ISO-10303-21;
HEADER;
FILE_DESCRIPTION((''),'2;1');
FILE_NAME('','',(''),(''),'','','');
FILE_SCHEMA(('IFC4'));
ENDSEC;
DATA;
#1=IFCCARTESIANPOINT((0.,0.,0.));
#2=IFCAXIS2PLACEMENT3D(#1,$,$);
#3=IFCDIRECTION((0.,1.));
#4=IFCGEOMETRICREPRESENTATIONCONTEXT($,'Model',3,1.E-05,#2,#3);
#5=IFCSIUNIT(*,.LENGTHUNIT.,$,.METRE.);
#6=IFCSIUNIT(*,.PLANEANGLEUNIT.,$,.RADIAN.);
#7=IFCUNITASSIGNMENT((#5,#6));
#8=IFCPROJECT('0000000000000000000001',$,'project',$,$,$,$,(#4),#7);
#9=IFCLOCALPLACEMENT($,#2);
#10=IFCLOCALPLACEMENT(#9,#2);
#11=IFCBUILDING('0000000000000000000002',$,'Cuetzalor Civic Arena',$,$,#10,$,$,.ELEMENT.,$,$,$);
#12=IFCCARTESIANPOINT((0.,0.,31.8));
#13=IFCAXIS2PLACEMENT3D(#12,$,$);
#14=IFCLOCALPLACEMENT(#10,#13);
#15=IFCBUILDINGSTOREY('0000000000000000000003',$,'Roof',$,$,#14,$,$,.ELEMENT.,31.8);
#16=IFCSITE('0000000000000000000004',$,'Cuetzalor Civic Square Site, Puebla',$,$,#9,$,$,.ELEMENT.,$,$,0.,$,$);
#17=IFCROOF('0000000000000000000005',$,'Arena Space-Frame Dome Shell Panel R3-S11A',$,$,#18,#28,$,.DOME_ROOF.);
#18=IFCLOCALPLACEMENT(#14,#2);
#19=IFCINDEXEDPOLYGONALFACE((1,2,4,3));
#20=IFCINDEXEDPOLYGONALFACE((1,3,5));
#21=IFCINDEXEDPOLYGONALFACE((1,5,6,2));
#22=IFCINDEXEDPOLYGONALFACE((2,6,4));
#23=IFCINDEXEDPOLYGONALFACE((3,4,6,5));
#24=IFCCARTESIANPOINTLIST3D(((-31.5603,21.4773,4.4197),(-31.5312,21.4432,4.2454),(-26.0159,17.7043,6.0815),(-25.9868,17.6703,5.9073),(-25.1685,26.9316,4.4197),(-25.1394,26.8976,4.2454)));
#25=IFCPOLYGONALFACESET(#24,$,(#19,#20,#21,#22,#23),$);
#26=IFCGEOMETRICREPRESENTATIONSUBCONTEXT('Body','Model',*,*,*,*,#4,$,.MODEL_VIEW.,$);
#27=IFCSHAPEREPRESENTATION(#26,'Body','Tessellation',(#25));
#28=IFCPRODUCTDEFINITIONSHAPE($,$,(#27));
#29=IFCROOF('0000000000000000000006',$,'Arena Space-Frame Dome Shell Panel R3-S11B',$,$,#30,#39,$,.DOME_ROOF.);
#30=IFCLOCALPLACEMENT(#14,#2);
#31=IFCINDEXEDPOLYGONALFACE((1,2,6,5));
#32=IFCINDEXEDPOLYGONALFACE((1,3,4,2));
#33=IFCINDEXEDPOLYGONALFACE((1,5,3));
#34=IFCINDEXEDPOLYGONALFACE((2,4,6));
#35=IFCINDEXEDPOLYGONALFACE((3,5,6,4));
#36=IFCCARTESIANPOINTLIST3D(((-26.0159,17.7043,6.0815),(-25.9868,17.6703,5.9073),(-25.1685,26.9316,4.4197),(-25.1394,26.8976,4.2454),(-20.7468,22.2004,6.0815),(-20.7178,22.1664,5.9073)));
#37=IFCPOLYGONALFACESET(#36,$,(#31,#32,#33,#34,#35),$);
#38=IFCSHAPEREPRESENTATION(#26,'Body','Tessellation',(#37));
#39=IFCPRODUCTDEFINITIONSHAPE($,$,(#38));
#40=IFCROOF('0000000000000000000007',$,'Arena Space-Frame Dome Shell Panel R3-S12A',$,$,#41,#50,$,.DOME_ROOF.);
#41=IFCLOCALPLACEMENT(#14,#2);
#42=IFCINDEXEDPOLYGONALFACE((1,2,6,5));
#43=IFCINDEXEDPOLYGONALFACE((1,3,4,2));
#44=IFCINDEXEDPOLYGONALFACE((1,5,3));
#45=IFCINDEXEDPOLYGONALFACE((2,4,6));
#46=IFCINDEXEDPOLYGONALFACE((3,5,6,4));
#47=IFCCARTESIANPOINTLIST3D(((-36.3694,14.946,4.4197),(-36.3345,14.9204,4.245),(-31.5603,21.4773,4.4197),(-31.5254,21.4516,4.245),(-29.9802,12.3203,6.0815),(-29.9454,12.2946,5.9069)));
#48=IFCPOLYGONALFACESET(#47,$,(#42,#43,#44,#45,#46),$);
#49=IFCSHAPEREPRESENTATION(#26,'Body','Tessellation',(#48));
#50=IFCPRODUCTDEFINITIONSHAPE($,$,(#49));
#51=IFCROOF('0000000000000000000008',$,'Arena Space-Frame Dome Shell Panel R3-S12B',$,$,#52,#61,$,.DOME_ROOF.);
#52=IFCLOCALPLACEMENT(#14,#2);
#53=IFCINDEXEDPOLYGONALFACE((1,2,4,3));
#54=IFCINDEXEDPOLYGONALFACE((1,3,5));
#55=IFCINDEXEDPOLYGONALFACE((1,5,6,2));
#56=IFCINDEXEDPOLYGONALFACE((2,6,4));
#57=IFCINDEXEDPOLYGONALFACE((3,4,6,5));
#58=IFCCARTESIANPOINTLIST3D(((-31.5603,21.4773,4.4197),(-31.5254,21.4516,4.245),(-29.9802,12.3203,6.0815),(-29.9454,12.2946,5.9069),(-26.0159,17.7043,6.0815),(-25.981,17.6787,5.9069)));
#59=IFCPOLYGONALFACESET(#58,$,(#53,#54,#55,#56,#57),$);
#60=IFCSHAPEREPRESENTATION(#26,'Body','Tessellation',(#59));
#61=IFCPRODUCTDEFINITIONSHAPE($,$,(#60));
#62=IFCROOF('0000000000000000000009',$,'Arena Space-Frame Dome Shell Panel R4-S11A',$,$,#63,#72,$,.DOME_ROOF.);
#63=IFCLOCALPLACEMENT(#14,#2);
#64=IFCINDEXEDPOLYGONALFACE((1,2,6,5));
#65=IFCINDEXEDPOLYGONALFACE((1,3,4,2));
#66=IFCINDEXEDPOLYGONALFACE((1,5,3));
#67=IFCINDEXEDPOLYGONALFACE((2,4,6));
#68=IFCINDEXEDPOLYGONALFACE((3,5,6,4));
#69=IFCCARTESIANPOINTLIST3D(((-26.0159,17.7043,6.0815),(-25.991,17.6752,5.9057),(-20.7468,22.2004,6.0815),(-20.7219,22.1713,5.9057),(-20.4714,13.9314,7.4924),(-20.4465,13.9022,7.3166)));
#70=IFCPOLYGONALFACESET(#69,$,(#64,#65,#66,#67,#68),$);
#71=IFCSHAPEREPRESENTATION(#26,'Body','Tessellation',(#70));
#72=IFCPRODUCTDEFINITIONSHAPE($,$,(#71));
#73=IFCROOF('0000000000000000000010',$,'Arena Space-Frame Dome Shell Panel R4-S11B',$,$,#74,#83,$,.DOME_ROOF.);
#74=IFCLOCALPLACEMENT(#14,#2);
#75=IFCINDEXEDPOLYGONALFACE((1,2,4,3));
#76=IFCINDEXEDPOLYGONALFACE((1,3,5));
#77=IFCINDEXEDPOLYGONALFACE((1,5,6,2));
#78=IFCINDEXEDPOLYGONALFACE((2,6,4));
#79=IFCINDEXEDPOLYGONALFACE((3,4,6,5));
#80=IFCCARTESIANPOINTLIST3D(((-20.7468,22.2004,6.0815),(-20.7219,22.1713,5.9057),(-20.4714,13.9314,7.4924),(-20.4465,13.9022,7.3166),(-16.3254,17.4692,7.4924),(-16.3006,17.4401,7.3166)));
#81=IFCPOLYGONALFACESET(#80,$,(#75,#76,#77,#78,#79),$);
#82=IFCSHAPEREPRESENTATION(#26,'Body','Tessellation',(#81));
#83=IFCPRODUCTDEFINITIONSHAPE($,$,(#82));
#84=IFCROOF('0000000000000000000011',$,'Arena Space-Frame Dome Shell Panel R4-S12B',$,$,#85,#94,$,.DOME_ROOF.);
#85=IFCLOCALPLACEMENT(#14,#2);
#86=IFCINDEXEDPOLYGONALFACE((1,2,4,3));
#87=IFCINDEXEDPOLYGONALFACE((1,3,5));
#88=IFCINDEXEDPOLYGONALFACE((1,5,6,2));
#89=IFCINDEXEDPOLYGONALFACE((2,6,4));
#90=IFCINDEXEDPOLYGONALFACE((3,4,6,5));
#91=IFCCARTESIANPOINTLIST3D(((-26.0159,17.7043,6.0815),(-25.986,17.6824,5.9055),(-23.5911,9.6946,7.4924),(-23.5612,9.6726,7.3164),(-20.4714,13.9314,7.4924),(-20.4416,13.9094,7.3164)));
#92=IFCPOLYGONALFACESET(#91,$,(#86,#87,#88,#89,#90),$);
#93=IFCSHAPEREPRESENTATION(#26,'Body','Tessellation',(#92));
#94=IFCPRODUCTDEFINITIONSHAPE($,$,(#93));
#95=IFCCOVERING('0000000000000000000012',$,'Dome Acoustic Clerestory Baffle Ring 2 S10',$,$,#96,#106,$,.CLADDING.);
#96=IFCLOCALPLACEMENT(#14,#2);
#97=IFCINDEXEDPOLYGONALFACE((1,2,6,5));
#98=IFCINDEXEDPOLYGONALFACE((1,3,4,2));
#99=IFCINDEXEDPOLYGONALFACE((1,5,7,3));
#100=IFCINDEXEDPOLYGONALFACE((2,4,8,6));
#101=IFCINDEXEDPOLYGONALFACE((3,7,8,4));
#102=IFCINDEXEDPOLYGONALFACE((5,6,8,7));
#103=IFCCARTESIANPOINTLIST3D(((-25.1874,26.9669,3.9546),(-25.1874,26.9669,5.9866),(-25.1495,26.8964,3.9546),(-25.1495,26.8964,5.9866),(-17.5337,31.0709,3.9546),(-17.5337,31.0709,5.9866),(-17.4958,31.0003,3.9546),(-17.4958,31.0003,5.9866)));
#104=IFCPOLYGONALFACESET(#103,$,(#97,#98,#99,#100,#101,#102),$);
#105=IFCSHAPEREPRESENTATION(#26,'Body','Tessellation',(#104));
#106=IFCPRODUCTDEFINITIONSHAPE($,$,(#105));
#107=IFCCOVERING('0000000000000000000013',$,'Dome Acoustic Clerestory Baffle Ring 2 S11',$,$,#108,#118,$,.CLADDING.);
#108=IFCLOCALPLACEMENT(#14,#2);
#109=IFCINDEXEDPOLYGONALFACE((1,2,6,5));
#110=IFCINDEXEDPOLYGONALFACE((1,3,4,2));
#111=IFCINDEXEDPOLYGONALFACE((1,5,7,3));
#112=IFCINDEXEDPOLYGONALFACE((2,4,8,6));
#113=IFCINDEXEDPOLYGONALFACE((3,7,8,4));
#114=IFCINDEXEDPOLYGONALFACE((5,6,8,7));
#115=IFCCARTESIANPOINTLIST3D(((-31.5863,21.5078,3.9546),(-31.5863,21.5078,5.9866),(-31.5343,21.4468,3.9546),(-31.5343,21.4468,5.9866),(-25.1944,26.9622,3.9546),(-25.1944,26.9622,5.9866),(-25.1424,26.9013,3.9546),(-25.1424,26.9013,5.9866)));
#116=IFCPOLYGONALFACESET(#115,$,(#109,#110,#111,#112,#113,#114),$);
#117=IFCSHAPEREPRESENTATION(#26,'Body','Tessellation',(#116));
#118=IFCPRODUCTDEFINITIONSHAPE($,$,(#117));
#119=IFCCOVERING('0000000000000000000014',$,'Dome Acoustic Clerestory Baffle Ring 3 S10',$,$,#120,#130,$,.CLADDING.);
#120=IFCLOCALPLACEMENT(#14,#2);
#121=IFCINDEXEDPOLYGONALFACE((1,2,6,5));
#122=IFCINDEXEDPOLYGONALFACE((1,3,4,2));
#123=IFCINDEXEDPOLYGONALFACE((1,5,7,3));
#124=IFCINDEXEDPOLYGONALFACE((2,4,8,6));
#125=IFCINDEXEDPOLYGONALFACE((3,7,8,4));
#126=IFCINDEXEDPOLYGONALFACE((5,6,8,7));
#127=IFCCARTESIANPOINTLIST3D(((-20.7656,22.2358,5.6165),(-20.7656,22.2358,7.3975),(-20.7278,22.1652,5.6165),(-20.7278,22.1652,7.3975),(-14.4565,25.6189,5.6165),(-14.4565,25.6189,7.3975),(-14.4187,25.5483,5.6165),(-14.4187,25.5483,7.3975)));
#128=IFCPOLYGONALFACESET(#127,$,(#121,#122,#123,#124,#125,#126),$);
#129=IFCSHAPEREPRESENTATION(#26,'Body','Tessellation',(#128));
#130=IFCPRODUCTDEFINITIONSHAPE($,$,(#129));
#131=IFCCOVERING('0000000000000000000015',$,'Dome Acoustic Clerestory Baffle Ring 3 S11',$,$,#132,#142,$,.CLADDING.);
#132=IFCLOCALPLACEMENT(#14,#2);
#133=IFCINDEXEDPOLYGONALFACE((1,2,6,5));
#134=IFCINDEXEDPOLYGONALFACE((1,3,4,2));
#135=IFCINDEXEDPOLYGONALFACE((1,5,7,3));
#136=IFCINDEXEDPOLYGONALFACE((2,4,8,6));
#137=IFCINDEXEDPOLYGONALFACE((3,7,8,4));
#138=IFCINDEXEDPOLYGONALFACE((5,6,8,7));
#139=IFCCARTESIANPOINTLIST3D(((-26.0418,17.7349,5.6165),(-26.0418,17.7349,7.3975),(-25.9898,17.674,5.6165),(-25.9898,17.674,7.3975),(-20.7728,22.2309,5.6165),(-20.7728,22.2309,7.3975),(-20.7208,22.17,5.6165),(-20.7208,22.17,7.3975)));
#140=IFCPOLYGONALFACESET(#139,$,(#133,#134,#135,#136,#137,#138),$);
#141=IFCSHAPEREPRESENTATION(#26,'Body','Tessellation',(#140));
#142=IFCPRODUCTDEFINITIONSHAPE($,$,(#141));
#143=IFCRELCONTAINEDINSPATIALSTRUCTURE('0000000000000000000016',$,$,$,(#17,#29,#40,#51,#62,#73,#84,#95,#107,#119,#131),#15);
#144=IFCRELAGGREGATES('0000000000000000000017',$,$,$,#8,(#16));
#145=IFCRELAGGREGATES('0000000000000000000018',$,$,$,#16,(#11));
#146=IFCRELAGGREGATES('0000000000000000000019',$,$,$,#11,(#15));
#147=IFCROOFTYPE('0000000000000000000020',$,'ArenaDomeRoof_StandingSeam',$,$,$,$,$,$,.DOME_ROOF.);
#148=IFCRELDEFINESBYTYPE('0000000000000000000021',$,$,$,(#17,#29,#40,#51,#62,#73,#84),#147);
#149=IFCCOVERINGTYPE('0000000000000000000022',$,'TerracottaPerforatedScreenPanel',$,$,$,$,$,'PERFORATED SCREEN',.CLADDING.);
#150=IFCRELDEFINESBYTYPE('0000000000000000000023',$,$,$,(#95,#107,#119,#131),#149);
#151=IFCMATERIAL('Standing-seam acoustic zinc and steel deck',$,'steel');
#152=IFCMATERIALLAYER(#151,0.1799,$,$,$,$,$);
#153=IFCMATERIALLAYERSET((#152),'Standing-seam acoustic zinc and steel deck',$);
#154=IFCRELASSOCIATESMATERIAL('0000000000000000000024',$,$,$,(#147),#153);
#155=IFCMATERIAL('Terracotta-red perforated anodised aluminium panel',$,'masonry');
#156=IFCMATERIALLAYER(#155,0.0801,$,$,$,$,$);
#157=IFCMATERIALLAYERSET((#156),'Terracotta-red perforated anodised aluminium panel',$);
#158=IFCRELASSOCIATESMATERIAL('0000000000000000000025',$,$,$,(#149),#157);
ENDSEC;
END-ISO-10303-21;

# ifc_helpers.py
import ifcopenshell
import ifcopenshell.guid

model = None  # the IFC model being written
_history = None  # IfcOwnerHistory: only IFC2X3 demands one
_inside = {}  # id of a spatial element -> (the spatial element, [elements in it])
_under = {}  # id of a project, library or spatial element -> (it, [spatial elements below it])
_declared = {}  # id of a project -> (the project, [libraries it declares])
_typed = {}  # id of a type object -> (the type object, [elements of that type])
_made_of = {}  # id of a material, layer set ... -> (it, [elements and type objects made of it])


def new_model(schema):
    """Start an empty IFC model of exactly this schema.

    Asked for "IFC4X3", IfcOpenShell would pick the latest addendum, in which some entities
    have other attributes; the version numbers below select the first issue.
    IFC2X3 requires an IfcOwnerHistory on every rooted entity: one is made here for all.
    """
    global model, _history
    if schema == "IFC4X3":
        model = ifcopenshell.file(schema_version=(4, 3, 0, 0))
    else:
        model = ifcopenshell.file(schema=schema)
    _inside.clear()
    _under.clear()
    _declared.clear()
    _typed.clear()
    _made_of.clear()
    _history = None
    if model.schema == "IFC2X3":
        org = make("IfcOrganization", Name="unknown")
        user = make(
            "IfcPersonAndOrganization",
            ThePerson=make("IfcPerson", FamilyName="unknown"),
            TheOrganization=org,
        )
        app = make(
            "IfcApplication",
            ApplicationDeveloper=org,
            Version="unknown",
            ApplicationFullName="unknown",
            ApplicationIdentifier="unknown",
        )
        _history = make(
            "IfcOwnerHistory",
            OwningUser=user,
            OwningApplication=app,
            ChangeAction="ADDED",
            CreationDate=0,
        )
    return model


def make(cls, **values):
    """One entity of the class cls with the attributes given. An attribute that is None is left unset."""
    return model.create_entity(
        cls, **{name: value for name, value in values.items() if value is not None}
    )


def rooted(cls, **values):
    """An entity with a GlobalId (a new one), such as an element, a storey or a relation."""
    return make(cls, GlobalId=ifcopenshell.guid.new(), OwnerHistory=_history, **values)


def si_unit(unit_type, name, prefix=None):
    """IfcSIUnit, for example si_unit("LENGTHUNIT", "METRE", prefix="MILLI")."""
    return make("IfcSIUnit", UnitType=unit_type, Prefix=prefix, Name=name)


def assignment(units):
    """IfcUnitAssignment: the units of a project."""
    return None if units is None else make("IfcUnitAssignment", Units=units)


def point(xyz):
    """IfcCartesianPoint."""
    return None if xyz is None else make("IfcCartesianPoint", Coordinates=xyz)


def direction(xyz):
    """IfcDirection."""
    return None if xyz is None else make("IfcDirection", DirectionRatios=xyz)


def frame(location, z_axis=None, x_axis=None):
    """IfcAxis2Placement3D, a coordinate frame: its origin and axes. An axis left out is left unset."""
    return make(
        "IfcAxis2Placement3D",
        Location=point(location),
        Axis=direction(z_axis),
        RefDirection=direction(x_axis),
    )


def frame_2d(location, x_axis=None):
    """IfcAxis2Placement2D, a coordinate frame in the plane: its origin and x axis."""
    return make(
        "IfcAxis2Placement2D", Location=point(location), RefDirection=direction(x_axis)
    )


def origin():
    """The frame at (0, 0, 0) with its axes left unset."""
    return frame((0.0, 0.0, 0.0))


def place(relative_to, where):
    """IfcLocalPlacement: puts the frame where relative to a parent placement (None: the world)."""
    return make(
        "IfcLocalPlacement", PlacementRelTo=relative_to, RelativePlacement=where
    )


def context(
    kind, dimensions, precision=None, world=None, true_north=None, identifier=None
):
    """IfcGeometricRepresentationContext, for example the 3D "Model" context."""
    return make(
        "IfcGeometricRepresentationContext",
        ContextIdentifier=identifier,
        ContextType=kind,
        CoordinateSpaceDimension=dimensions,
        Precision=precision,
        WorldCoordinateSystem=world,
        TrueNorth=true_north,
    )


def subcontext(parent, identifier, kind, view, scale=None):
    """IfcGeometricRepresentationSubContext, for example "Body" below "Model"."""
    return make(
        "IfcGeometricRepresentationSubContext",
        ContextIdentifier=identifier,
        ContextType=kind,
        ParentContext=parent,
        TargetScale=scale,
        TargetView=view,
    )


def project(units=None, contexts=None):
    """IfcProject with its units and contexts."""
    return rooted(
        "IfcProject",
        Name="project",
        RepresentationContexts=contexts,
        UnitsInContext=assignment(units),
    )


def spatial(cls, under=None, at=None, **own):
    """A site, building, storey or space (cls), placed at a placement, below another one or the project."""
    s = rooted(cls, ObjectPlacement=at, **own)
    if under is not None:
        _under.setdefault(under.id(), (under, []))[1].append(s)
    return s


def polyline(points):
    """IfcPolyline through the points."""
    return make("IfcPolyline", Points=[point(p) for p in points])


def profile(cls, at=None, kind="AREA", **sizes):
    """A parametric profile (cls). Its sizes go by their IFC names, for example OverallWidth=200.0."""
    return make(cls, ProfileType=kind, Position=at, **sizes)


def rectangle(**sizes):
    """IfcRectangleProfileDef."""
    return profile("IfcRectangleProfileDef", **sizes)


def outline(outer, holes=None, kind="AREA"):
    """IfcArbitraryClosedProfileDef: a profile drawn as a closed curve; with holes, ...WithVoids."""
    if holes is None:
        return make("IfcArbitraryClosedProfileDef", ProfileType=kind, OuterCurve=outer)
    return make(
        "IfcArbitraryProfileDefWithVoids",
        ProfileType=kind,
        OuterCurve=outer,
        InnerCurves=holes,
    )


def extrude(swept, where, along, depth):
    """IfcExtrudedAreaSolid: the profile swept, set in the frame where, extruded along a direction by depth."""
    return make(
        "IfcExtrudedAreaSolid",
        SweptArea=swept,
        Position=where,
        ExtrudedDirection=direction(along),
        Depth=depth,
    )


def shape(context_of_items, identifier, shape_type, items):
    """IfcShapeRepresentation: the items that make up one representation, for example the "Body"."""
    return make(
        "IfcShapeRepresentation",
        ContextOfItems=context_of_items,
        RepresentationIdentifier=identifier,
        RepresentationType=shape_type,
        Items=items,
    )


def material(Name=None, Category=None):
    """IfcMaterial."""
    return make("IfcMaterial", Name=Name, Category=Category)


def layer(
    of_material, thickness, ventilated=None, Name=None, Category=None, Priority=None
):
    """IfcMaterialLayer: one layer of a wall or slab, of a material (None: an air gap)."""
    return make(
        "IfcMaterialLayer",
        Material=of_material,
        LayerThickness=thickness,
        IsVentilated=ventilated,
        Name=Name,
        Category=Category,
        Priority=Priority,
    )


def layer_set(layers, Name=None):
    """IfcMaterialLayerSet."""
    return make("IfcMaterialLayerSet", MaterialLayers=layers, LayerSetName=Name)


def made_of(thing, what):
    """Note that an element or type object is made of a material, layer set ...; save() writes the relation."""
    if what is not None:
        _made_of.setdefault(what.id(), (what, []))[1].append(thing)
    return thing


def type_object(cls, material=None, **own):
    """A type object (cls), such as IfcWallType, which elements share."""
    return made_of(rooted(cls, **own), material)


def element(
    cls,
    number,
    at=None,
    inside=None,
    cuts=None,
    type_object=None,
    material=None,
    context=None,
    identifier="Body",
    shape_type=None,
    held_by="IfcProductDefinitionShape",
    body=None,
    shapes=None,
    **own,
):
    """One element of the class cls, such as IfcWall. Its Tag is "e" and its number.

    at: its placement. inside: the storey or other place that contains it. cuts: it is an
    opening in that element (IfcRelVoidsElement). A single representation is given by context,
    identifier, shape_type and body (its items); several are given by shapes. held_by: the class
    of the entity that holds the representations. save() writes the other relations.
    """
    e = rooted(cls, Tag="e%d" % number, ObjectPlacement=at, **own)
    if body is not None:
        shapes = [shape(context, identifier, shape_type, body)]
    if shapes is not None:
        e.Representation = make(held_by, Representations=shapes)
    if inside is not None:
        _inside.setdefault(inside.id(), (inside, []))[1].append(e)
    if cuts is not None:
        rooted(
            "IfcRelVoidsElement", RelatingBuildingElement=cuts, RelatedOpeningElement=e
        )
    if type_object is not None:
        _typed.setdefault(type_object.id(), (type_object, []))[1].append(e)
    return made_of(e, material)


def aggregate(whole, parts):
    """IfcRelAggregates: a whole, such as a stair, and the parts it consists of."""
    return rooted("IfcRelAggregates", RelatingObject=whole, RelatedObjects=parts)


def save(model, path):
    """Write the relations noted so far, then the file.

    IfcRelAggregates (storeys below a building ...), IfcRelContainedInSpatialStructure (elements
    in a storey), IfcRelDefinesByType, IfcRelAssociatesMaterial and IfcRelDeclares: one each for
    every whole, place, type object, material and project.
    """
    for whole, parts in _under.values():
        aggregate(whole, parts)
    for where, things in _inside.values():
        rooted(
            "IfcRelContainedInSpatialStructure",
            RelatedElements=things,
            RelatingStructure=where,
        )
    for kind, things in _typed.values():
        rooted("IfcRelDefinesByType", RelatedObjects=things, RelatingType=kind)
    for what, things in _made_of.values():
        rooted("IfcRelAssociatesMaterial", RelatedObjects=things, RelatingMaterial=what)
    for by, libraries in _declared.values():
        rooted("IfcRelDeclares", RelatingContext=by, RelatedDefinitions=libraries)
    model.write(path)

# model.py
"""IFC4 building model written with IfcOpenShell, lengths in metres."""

from ifc_helpers import new_model, si_unit, direction, frame, frame_2d, origin, place, context, subcontext, project, spatial, polyline, rectangle, outline, extrude, material, layer, layer_set, type_object, element, save


model = new_model("IFC4")

# Units and contexts
model_context = context("Model", 3, precision=1e-05, world=origin(), true_north=direction((0.0, 1.0)))
body_context = subcontext(model_context, "Body", "Model", "MODEL_VIEW")
ifc_project = project(units=[si_unit("LENGTHUNIT", "METRE"), si_unit("PLANEANGLEUNIT", "RADIAN")], contexts=[model_context])

# Site, building, storey
site_placement = place(None, origin())
site = spatial("IfcSite", under=ifc_project, at=site_placement, Name="Cuetzalor Civic Square Site, Puebla", CompositionType="ELEMENT", RefElevation=0.0)
building_placement = place(site_placement, origin())
building = spatial("IfcBuilding", under=site, at=building_placement, Name="Cuetzalor Civic Arena", CompositionType="ELEMENT")
storey_placement = place(building_placement, frame((0.0, 0.0, 31.8)))
storey = spatial("IfcBuildingStorey", under=building, at=storey_placement, Name="Roof", CompositionType="ELEMENT", Elevation=31.8)

# Roofs
ifc_material_1 = material(Name="Standing-seam acoustic zinc and steel deck", Category="steel")
ifc_layer_1 = layer(ifc_material_1, 0.1799)
ifc_layer_set_1 = layer_set([ifc_layer_1], Name="Standing-seam acoustic zinc and steel deck")
roof_type = type_object("IfcRoofType", Name="ArenaDomeRoof_StandingSeam", PredefinedType="DOME_ROOF", material=ifc_layer_set_1)
roof_1_placement = place(storey_placement, frame((-25.1685, 26.9316, 4.4197), z_axis=(-0.161511, 0.189272, 0.968551), x_axis=(-0.760688, -0.649117, 0.0)))
element("IfcRoof", 1, at=roof_1_placement, inside=storey, type_object=roof_type, Name="Arena Space-Frame Dome Shell Panel R3-S11A", PredefinedType="DOME_ROOF", context=body_context, shape_type="SweptSolid", body=[
    extrude(outline(polyline([(0.0, 0.0), (8.4027, 0.0), (6.6342, 6.6791), (0.0, 0.0)])), origin(), (0.0, 0.0, -1.0), 0.1799),
])
roof_2_placement = place(storey_placement, frame((-25.1685, 26.9316, 4.4197), z_axis=(-0.161506, 0.189272, 0.968552), x_axis=(-0.090016, -0.98017, 0.176532)))
element("IfcRoof", 2, at=roof_2_placement, inside=storey, type_object=roof_type, Name="Arena Space-Frame Dome Shell Panel R3-S11B", PredefinedType="DOME_ROOF", context=body_context, shape_type="SweptSolid", body=[
    extrude(outline(polyline([(0.0, 0.0), (9.414, 0.0), (4.5327, 4.9144), (0.0, 0.0)])), origin(), (0.0, 0.0, -1.0), 0.1799),
])
roof_3_placement = place(storey_placement, frame((-31.5603, 21.4773, 4.4197), z_axis=(-0.193813, 0.142708, 0.970604), x_axis=(-0.592926, -0.805257, 0.0)))
element("IfcRoof", 3, at=roof_3_placement, inside=storey, type_object=roof_type, Name="Arena Space-Frame Dome Shell Panel R3-S12A", PredefinedType="DOME_ROOF", context=body_context, shape_type="SweptSolid", body=[
    extrude(outline(polyline([(0.0, 0.0), (8.1108, 0.0), (6.4369, 6.9048), (0.0, 0.0)])), origin(), (0.0, 0.0, -1.0), 0.1799),
])
roof_4_placement = place(storey_placement, frame((-31.5603, 21.4773, 4.4197), z_axis=(-0.193813, 0.142708, 0.970603), x_axis=(0.167386, -0.970046, 0.17605)))
element("IfcRoof", 4, at=roof_4_placement, inside=storey, type_object=roof_type, Name="Arena Space-Frame Dome Shell Panel R3-S12B", PredefinedType="DOME_ROOF", context=body_context, shape_type="SweptSolid", body=[
    extrude(outline(polyline([(0.0, 0.0), (9.4397, 0.0), (4.8806, 4.8906), (0.0, 0.0)])), origin(), (0.0, 0.0, -1.0), 0.1799),
])
roof_5_placement = place(storey_placement, frame((-20.7468, 22.2004, 6.0815), z_axis=(-0.138319, 0.162098, 0.977032), x_axis=(-0.760698, -0.649106, 0.0)))
element("IfcRoof", 5, at=roof_5_placement, inside=storey, type_object=roof_type, Name="Arena Space-Frame Dome Shell Panel R4-S11A", PredefinedType="DOME_ROOF", context=body_context, shape_type="SweptSolid", body=[
    extrude(outline(polyline([(0.0, 0.0), (6.9266, 0.0), (5.158, 6.6211), (0.0, 0.0)])), origin(), (0.0, 0.0, -1.0), 0.1799),
])
roof_6_placement = place(storey_placement, frame((-20.7468, 22.2004, 6.0815), z_axis=(-0.13832, 0.162098, 0.977032), x_axis=(0.032812, -0.985223, 0.168102)))
element("IfcRoof", 6, at=roof_6_placement, inside=storey, type_object=roof_type, Name="Arena Space-Frame Dome Shell Panel R4-S11B", PredefinedType="DOME_ROOF", context=body_context, shape_type="SweptSolid", body=[
    extrude(outline(polyline([(0.0, 0.0), (8.3931, 0.0), (5.0435, 4.2996), (0.0, 0.0)])), origin(), (0.0, 0.0, -1.0), 0.1799),
])
roof_7_placement = place(storey_placement, frame((-26.0159, 17.7043, 6.0815), z_axis=(-0.16589, 0.122148, 0.97855), x_axis=(0.285713, -0.943785, 0.166244)))
element("IfcRoof", 7, at=roof_7_placement, inside=storey, type_object=roof_type, Name="Arena Space-Frame Dome Shell Panel R4-S12B", PredefinedType="DOME_ROOF", context=body_context, shape_type="SweptSolid", body=[
    extrude(outline(polyline([(0.0, 0.0), (8.4869, 0.0), (5.3795, 4.2458), (0.0, 0.0)])), origin(), (0.0, 0.0, -1.0), 0.1799),
])

# Coverings
ifc_material_2 = material(Name="Terracotta-red perforated anodised aluminium panel", Category="masonry")
ifc_layer_2 = layer(ifc_material_2, 0.0801)
ifc_layer_set_2 = layer_set([ifc_layer_2], Name="Terracotta-red perforated anodised aluminium panel")
covering_type = type_object("IfcCoveringType", Name="TerracottaPerforatedScreenPanel", ElementType="PERFORATED SCREEN", PredefinedType="CLADDING", material=ifc_layer_set_2)
covering_1_placement = place(storey_placement, frame((-25.1685, 26.9316, 3.9546), z_axis=(0.0, 0.0, 1.0), x_axis=(0.8813, 0.472557, 0.0)))
element("IfcCovering", 8, at=covering_1_placement, inside=storey, type_object=covering_type, Name="Dome Acoustic Clerestory Baffle Ring 2 S10", PredefinedType="CLADDING", context=body_context, shape_type="SweptSolid", body=[
    extrude(rectangle(XDim=8.6846, YDim=0.0801, at=frame_2d((4.3423, 0.0))), origin(), (0.0, 0.0, 1.0), 2.032),
])
covering_2_placement = place(storey_placement, frame((-31.5603, 21.4773, 3.9546), z_axis=(0.0, 0.0, 1.0), x_axis=(0.760688, 0.649117, 0.0)))
element("IfcCovering", 9, at=covering_2_placement, inside=storey, type_object=covering_type, Name="Dome Acoustic Clerestory Baffle Ring 2 S11", PredefinedType="CLADDING", context=body_context, shape_type="SweptSolid", body=[
    extrude(rectangle(XDim=8.4028, YDim=0.0801, at=frame_2d((4.2014, 0.0))), origin(), (0.0, 0.0, 1.0), 2.032),
])
covering_3_placement = place(storey_placement, frame((-20.7468, 22.2004, 5.6165), z_axis=(0.0, 0.0, 1.0), x_axis=(0.881294, 0.472568, 0.0)))
element("IfcCovering", 10, at=covering_3_placement, inside=storey, type_object=covering_type, Name="Dome Acoustic Clerestory Baffle Ring 3 S10", PredefinedType="CLADDING", context=body_context, shape_type="SweptSolid", body=[
    extrude(rectangle(XDim=7.1589, YDim=0.0801, at=frame_2d((3.5796, 0.0))), origin(), (0.0, 0.0, 1.0), 1.781),
])
covering_4_placement = place(storey_placement, frame((-26.0159, 17.7043, 5.6165), z_axis=(0.0, 0.0, 1.0), x_axis=(0.760698, 0.649106, 0.0)))
element("IfcCovering", 11, at=covering_4_placement, inside=storey, type_object=covering_type, Name="Dome Acoustic Clerestory Baffle Ring 3 S11", PredefinedType="CLADDING", context=body_context, shape_type="SweptSolid", body=[
    extrude(rectangle(XDim=6.9265, YDim=0.0801, at=frame_2d((3.4634, 0.0))), origin(), (0.0, 0.0, 1.0), 1.781),
])

save(model, "model.ifc")
